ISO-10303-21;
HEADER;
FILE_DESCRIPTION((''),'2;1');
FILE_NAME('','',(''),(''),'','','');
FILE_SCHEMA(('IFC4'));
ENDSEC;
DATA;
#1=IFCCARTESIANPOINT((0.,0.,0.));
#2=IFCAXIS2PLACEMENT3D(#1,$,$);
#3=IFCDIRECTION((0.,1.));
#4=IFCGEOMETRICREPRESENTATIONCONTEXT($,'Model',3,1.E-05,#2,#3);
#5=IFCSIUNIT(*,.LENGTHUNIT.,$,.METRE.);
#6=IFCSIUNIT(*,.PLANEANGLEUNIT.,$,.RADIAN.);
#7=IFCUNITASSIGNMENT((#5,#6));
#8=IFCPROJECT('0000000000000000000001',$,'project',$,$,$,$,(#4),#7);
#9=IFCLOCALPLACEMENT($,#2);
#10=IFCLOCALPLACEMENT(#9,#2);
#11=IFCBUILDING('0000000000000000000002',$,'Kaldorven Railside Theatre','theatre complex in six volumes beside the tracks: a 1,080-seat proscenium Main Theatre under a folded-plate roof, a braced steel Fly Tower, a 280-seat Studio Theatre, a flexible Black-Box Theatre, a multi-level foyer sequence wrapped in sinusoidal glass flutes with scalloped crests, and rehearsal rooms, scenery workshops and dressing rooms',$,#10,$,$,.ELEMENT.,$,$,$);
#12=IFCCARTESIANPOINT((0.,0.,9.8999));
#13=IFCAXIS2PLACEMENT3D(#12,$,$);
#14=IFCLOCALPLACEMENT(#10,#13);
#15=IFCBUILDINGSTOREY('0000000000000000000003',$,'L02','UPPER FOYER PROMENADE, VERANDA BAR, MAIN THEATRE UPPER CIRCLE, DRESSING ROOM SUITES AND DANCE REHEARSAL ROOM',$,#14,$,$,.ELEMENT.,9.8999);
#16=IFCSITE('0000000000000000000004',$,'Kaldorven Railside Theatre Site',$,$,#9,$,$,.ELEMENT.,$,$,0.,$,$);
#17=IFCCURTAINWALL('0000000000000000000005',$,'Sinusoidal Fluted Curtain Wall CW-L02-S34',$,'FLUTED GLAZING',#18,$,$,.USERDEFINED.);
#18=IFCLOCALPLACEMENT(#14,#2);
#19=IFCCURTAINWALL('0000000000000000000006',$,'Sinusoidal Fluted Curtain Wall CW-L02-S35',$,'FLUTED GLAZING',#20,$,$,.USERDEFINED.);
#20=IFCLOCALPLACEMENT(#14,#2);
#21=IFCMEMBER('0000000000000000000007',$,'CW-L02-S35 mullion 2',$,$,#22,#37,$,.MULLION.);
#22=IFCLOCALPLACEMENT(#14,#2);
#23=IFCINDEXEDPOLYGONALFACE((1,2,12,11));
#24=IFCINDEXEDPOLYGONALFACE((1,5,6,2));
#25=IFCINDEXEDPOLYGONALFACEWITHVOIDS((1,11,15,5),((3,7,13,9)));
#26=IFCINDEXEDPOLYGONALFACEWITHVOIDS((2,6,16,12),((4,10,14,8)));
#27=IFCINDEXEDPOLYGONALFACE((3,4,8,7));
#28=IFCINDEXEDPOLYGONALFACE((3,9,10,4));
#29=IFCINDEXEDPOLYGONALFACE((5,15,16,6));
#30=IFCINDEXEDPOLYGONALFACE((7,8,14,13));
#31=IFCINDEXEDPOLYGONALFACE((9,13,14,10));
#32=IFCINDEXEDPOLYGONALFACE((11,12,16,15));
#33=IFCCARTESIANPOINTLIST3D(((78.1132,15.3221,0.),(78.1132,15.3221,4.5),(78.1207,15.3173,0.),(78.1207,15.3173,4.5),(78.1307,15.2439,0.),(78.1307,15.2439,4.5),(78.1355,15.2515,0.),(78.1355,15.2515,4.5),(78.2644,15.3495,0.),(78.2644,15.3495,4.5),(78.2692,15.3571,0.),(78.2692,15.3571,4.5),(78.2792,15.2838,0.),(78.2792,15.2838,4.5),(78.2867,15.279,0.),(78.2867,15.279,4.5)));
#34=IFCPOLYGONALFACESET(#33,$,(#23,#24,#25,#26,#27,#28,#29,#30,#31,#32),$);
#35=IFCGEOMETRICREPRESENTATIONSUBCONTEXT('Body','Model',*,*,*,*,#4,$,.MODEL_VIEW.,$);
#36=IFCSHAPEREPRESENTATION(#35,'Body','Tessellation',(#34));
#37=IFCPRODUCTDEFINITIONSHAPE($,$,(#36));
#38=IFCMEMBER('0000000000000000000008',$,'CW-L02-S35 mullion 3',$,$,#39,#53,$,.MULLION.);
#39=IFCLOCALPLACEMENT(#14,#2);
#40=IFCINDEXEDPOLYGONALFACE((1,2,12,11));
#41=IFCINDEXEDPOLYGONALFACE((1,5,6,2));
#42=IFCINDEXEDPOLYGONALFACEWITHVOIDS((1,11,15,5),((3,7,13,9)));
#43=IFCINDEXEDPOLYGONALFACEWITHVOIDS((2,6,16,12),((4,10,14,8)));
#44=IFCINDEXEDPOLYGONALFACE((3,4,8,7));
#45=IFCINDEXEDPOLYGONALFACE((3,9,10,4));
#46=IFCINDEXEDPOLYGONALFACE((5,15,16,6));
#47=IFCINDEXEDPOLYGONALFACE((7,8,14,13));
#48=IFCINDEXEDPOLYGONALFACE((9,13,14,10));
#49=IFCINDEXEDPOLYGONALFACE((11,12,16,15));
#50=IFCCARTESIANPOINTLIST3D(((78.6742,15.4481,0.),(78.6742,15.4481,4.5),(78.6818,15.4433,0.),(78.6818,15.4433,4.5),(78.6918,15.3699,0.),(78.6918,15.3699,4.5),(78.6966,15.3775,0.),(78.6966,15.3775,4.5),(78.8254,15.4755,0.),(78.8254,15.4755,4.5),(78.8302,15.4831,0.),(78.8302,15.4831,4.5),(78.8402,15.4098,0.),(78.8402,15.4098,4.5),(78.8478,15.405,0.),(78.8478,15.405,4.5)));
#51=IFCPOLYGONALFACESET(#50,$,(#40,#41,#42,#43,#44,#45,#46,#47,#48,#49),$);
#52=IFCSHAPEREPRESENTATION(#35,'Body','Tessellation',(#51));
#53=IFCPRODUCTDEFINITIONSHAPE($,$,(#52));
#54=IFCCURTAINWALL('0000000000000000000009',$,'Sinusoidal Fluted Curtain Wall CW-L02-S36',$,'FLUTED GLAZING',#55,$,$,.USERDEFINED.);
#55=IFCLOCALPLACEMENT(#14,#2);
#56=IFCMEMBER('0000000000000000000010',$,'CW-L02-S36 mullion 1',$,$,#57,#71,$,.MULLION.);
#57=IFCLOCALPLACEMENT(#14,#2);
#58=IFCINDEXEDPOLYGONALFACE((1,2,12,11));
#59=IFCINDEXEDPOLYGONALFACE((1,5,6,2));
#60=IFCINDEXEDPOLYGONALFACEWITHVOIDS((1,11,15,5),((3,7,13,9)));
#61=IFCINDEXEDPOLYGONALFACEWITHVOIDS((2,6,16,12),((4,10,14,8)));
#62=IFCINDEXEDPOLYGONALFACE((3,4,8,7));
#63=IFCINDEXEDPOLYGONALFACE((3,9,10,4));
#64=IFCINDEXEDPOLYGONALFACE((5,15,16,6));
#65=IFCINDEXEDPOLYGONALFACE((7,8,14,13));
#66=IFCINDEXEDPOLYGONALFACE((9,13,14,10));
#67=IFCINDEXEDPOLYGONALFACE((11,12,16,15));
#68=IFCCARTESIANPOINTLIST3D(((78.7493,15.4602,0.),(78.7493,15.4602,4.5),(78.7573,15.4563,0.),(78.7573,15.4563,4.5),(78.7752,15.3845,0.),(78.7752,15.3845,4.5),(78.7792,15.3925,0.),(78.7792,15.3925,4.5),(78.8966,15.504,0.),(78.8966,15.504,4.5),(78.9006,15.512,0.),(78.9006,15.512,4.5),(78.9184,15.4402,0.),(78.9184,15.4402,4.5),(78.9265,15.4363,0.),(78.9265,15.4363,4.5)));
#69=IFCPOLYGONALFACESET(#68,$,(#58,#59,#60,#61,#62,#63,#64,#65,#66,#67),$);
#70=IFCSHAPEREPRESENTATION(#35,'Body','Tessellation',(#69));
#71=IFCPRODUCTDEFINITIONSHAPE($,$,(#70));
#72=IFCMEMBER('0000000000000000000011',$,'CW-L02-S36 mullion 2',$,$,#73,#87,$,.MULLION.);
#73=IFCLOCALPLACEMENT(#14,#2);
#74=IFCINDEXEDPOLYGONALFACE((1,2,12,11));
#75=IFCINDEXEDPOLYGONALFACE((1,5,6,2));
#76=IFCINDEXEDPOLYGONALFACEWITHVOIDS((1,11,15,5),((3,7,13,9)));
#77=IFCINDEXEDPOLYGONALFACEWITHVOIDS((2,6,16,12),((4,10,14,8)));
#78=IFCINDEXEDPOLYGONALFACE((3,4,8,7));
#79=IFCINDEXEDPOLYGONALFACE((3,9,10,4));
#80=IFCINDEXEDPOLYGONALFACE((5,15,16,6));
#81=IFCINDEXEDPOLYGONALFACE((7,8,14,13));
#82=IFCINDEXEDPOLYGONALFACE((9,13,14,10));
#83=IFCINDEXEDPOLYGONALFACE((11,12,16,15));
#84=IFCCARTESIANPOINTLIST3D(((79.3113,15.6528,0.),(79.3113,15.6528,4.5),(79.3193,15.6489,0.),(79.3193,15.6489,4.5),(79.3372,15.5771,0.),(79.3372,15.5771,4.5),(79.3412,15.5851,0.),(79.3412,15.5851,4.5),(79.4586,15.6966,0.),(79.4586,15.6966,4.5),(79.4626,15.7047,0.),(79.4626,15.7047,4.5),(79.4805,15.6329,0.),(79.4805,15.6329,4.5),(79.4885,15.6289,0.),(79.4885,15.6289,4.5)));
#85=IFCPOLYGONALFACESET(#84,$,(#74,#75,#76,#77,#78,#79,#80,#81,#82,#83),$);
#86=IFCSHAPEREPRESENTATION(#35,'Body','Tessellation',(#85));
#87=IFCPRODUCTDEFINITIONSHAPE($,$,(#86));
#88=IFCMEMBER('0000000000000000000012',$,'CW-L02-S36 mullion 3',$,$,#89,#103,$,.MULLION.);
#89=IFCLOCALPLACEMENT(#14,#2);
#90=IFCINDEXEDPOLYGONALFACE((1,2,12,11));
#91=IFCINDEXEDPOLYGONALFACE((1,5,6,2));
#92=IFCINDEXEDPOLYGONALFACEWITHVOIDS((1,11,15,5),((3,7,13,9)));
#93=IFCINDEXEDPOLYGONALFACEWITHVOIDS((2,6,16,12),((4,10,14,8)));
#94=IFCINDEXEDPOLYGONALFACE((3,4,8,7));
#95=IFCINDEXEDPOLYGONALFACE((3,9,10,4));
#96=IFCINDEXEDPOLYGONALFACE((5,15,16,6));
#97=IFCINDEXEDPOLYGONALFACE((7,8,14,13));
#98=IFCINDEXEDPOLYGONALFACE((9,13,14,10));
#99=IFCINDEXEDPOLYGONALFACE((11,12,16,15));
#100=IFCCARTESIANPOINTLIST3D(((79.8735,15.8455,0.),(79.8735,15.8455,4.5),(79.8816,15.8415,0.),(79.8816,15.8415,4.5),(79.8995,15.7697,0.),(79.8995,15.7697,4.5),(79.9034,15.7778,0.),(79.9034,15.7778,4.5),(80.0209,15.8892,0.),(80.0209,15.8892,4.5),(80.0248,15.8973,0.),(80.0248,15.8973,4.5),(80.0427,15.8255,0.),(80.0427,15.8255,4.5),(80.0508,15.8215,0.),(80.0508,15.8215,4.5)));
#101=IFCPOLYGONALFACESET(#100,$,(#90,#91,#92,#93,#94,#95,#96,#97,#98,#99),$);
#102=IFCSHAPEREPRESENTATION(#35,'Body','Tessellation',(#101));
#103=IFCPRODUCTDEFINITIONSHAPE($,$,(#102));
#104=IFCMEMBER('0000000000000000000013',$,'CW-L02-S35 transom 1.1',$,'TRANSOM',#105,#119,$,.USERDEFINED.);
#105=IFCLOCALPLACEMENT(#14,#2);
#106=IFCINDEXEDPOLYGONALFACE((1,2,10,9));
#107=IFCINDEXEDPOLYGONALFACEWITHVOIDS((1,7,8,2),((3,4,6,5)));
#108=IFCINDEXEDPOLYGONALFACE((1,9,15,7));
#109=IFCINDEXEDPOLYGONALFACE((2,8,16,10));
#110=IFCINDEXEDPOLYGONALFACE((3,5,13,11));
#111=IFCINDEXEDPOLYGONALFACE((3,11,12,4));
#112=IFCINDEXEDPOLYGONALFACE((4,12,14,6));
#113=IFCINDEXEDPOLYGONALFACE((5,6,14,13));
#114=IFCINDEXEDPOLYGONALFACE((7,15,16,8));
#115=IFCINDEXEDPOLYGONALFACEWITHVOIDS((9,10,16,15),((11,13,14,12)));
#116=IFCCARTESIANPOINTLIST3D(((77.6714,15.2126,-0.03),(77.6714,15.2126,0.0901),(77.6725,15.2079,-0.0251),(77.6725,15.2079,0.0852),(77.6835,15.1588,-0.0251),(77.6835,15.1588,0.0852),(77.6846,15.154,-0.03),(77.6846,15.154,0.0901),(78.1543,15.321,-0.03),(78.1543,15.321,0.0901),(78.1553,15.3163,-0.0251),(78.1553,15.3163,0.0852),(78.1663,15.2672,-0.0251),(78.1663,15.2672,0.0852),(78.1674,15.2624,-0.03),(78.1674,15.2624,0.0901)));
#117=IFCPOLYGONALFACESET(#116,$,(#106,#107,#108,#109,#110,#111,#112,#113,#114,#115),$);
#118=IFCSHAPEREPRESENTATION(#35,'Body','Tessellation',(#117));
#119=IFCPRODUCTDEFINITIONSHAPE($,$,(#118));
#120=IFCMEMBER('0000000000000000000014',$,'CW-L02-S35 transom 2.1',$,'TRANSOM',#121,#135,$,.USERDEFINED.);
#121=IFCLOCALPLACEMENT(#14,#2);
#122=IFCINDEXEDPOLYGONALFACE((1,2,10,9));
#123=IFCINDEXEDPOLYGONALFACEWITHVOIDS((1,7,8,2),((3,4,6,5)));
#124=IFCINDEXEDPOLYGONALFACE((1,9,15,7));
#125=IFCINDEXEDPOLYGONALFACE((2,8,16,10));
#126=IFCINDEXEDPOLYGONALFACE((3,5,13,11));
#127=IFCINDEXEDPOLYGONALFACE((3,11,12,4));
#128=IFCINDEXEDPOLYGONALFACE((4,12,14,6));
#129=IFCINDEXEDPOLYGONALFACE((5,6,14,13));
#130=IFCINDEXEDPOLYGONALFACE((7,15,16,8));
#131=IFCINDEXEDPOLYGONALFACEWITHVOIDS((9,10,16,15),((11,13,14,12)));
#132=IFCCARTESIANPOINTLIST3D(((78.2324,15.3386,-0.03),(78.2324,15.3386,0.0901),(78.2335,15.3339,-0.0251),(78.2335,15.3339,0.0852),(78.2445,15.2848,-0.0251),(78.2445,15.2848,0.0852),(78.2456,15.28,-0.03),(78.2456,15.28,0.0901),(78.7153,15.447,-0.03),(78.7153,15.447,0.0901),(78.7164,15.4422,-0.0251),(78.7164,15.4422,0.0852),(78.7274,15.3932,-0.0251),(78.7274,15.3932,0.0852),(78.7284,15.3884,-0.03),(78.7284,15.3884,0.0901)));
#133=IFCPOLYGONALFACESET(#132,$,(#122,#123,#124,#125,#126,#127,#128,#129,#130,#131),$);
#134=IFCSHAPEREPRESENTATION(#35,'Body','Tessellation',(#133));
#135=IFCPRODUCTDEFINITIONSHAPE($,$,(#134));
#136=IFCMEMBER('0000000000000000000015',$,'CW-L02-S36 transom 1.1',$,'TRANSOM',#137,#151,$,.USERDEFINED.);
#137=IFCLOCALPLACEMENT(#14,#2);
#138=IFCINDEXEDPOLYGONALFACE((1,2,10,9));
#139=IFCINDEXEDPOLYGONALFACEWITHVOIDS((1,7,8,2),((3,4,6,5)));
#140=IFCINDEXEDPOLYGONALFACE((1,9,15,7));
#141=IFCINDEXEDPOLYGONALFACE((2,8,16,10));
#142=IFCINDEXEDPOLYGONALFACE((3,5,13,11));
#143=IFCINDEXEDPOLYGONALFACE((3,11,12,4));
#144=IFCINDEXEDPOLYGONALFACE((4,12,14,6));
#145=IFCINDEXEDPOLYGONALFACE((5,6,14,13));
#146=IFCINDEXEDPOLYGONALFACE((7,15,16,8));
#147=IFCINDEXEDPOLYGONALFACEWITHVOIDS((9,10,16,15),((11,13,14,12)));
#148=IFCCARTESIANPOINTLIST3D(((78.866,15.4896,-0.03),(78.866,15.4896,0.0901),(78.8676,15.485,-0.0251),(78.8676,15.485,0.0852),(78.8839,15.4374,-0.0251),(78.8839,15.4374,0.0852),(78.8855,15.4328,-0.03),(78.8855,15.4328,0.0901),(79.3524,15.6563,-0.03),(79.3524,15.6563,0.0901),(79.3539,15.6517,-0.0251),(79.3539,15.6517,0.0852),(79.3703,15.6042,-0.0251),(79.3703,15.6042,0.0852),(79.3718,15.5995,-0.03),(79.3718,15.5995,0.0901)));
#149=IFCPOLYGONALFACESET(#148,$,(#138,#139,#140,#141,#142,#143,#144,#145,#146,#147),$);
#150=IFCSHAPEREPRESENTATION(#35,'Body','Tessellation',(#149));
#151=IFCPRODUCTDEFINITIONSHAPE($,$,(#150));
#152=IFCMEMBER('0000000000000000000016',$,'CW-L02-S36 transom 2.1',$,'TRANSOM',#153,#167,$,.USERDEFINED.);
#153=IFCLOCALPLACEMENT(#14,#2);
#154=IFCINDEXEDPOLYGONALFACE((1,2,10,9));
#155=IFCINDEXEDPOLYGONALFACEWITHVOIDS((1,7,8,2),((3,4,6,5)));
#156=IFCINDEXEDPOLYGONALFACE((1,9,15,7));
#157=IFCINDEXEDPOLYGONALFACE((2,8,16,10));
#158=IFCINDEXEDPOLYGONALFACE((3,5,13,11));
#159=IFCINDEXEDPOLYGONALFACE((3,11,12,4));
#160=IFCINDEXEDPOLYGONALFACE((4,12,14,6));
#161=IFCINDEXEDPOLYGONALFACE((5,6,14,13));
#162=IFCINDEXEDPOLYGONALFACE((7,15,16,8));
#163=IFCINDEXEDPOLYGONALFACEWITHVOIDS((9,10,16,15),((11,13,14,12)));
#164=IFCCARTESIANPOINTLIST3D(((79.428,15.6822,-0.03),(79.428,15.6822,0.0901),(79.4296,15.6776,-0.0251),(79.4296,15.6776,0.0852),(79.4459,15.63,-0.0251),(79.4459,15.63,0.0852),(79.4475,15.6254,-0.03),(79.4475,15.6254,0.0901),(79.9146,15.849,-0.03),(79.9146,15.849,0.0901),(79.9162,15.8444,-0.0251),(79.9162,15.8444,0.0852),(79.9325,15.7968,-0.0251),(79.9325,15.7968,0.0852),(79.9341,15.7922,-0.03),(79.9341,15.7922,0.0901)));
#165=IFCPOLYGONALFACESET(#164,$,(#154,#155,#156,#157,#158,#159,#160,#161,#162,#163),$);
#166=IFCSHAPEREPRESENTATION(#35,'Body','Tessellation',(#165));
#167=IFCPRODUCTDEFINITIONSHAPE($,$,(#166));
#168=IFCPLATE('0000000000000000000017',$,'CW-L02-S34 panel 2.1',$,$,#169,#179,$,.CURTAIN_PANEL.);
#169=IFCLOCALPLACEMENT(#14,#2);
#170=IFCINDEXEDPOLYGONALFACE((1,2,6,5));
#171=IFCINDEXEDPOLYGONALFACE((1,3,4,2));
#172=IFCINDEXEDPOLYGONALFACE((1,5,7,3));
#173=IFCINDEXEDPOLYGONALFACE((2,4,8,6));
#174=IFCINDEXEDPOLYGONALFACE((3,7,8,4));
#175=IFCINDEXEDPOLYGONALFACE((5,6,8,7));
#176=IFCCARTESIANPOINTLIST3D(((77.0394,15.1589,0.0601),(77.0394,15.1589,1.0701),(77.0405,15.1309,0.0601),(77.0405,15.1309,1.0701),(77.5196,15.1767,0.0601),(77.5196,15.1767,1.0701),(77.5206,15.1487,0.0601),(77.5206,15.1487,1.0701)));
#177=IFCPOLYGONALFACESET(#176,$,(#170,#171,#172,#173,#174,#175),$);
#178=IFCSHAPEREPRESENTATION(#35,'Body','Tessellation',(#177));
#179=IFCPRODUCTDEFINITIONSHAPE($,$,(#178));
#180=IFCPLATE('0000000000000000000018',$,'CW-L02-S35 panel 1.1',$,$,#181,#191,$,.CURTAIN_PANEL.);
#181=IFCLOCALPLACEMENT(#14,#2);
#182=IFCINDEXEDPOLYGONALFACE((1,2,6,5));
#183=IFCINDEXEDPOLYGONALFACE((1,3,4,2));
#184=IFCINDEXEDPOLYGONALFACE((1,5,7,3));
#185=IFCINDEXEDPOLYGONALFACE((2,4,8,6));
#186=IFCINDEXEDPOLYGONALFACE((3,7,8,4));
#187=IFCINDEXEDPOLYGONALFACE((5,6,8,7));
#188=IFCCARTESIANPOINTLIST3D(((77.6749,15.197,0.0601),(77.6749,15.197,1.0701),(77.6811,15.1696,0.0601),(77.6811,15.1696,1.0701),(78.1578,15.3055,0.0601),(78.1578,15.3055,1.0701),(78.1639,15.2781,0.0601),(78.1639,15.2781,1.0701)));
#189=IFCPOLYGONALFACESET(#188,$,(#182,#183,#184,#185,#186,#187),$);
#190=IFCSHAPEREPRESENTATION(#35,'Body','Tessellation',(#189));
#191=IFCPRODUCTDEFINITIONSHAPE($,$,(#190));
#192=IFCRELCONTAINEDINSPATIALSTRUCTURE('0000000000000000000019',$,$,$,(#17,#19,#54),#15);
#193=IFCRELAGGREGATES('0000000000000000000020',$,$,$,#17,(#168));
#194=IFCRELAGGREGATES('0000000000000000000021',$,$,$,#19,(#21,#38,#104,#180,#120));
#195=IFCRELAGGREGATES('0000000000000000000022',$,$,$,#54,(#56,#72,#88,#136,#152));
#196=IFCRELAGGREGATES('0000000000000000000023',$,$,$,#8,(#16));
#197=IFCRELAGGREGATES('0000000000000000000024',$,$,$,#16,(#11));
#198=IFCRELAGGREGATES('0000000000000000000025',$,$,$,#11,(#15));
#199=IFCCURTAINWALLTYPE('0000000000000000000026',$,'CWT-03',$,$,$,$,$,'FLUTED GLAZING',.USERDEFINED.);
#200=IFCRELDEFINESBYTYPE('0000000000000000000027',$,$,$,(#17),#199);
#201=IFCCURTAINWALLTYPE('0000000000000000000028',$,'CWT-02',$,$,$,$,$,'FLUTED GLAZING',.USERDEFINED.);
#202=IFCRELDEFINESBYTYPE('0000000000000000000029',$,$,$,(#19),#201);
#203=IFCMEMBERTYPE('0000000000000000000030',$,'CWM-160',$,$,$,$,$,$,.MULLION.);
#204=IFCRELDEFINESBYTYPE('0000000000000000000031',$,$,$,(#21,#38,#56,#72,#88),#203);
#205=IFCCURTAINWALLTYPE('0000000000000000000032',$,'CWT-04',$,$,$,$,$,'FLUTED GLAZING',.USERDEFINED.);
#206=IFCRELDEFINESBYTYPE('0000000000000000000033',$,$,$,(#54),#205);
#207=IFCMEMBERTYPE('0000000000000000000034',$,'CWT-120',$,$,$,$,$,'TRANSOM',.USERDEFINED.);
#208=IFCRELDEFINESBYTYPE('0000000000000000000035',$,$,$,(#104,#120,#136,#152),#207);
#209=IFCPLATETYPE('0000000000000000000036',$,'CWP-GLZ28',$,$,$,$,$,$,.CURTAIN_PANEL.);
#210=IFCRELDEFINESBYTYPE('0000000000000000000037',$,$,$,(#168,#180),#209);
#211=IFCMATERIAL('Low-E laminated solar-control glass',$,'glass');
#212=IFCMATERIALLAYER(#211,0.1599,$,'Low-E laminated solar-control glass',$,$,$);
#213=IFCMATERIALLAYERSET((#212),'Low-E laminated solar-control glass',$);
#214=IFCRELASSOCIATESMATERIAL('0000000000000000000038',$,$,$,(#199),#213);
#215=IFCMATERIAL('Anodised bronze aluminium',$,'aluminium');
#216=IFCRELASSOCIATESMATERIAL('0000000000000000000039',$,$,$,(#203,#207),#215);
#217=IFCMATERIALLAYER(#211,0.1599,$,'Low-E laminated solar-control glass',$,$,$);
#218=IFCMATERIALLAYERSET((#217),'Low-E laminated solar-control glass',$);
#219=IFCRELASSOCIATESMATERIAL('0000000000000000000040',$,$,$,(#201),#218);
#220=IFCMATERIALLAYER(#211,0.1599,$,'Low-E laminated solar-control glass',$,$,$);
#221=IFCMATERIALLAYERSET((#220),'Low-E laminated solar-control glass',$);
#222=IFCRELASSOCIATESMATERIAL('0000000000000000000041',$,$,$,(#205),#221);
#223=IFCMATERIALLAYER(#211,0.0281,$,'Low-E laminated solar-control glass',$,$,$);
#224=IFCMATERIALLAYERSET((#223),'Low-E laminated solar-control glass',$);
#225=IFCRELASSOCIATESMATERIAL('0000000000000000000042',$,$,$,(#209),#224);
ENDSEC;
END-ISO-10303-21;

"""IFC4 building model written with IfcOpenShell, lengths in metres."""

from ifc_helpers import new_model, si_unit, direction, frame, origin, origin_2d, place, context, subcontext, project, spatial, rectangle, hollow_rectangle, extrude, material, layer, layer_set, material_profile, profile_set, type_object, element, aggregate, save


model = new_model("IFC4")

# Units and contexts
model_context = context("Model", 3, precision=1e-05, world=origin(), true_north=direction((0.0, 1.0)))
body_context = subcontext(model_context, "Body", "Model", "MODEL_VIEW")
ifc_project = project(units=[si_unit("LENGTHUNIT", "METRE"), si_unit("PLANEANGLEUNIT", "RADIAN")], contexts=[model_context])

# Site, building, storey
site_placement = place(None, origin())
site = spatial("IfcSite", under=ifc_project, at=site_placement, Name="Kaldorven Railside Theatre Site", CompositionType="ELEMENT", RefElevation=0.0)
building_placement = place(site_placement, origin())
building = spatial("IfcBuilding", under=site, at=building_placement, Name="Kaldorven Railside Theatre", Description="theatre complex in six volumes beside the tracks: a 1,080-seat proscenium Main Theatre under a folded-plate roof, a braced steel Fly Tower, a 280-seat Studio Theatre, a flexible Black-Box Theatre, a multi-level foyer sequence wrapped in sinusoidal glass flutes with scalloped crests, and rehearsal rooms, scenery workshops and dressing rooms", CompositionType="ELEMENT")
storey_placement = place(building_placement, frame((0.0, 0.0, 9.8999)))
storey = spatial("IfcBuildingStorey", under=building, at=storey_placement, Name="L02", Description="UPPER FOYER PROMENADE, VERANDA BAR, MAIN THEATRE UPPER CIRCLE, DRESSING ROOM SUITES AND DANCE REHEARSAL ROOM", CompositionType="ELEMENT", Elevation=9.8999)

# Curtain wall
ifc_material_1 = material(Name="Low-E laminated solar-control glass", Category="glass")
ifc_layer_1 = layer(ifc_material_1, 0.1599, Name="Low-E laminated solar-control glass")
ifc_layer_set_1 = layer_set([ifc_layer_1], Name="Low-E laminated solar-control glass")
curtain_wall_type_1 = type_object("IfcCurtainWallType", Name="CWT-03", ElementType="FLUTED GLAZING", PredefinedType="USERDEFINED", material=ifc_layer_set_1)
curtain_wall_1_placement = place(storey_placement, origin())
curtain_wall_1 = element("IfcCurtainWall", 1, at=curtain_wall_1_placement, inside=storey, type_object=curtain_wall_type_1, Name="Sinusoidal Fluted Curtain Wall CW-L02-S34", ObjectType="FLUTED GLAZING", PredefinedType="USERDEFINED")
ifc_material_2 = material(Name="Anodised bronze aluminium", Category="aluminium")
ifc_material_profile_1 = material_profile(ifc_material_2, hollow_rectangle(XDim=0.0801, YDim=0.1599, WallThickness=0.0063, at=origin_2d()), Name="RHS 160x80x6.3")
ifc_profile_set_1 = profile_set([ifc_material_profile_1], Name="Anodised bronze aluminium")
member_type_1 = type_object("IfcMemberType", Name="CWM-160", PredefinedType="MULLION", material=ifc_profile_set_1)

# Curtain walls, members
ifc_layer_2 = layer(ifc_material_1, 0.1599, Name="Low-E laminated solar-control glass")
ifc_layer_set_2 = layer_set([ifc_layer_2], Name="Low-E laminated solar-control glass")
curtain_wall_type_2 = type_object("IfcCurtainWallType", Name="CWT-02", ElementType="FLUTED GLAZING", PredefinedType="USERDEFINED", material=ifc_layer_set_2)
curtain_wall_2_placement = place(storey_placement, origin())
curtain_wall_2 = element("IfcCurtainWall", 2, at=curtain_wall_2_placement, inside=storey, type_object=curtain_wall_type_2, Name="Sinusoidal Fluted Curtain Wall CW-L02-S35", ObjectType="FLUTED GLAZING", PredefinedType="USERDEFINED")
member_1_placement = place(storey_placement, frame((78.2, 15.3005, 0.0), z_axis=(0.0, 0.0, 1.0), x_axis=(-0.219203, 0.975679, 0.0)))
member_1 = element("IfcMember", 3, at=member_1_placement, type_object=member_type_1, Name="CW-L02-S35 mullion 2", PredefinedType="MULLION", context=body_context, shape_type="SweptSolid", body=[
    extrude(hollow_rectangle(XDim=0.0801, YDim=0.1599, WallThickness=0.0063, at=origin_2d()), origin(), (0.0, 0.0, 1.0), 4.5),
])
member_2_placement = place(storey_placement, frame((78.761, 15.4265, 0.0), z_axis=(0.0, 0.0, 1.0), x_axis=(-0.219203, 0.975679, 0.0)))
member_2 = element("IfcMember", 4, at=member_2_placement, type_object=member_type_1, Name="CW-L02-S35 mullion 3", PredefinedType="MULLION", context=body_context, shape_type="SweptSolid", body=[
    extrude(hollow_rectangle(XDim=0.0801, YDim=0.1599, WallThickness=0.0063, at=origin_2d()), origin(), (0.0, 0.0, 1.0), 4.5),
])
ifc_layer_3 = layer(ifc_material_1, 0.1599, Name="Low-E laminated solar-control glass")
ifc_layer_set_3 = layer_set([ifc_layer_3], Name="Low-E laminated solar-control glass")
curtain_wall_type_3 = type_object("IfcCurtainWallType", Name="CWT-04", ElementType="FLUTED GLAZING", PredefinedType="USERDEFINED", material=ifc_layer_set_3)
curtain_wall_3_placement = place(storey_placement, origin())
curtain_wall_3 = element("IfcCurtainWall", 5, at=curtain_wall_3_placement, inside=storey, type_object=curtain_wall_type_3, Name="Sinusoidal Fluted Curtain Wall CW-L02-S36", ObjectType="FLUTED GLAZING", PredefinedType="USERDEFINED")
member_3_placement = place(storey_placement, frame((78.8379, 15.4482, 0.0), z_axis=(0.0, 0.0, 1.0), x_axis=(-0.324093, 0.946025, 0.0)))
member_3 = element("IfcMember", 6, at=member_3_placement, type_object=member_type_1, Name="CW-L02-S36 mullion 1", PredefinedType="MULLION", context=body_context, shape_type="SweptSolid", body=[
    extrude(hollow_rectangle(XDim=0.0801, YDim=0.1599, WallThickness=0.0063, at=origin_2d()), origin(), (0.0, 0.0, 1.0), 4.5),
])
member_4_placement = place(storey_placement, frame((79.3999, 15.6409, 0.0), z_axis=(0.0, 0.0, 1.0), x_axis=(-0.324093, 0.946025, 0.0)))
member_4 = element("IfcMember", 7, at=member_4_placement, type_object=member_type_1, Name="CW-L02-S36 mullion 2", PredefinedType="MULLION", context=body_context, shape_type="SweptSolid", body=[
    extrude(hollow_rectangle(XDim=0.0801, YDim=0.1599, WallThickness=0.0063, at=origin_2d()), origin(), (0.0, 0.0, 1.0), 4.5),
])
member_5_placement = place(storey_placement, frame((79.9622, 15.8335, 0.0), z_axis=(0.0, 0.0, 1.0), x_axis=(-0.324093, 0.946025, 0.0)))
member_5 = element("IfcMember", 8, at=member_5_placement, type_object=member_type_1, Name="CW-L02-S36 mullion 3", PredefinedType="MULLION", context=body_context, shape_type="SweptSolid", body=[
    extrude(hollow_rectangle(XDim=0.0801, YDim=0.1599, WallThickness=0.0063, at=origin_2d()), origin(), (0.0, 0.0, 1.0), 4.5),
])

# Members
ifc_material_profile_2 = material_profile(ifc_material_2, hollow_rectangle(XDim=0.0601, YDim=0.1201, WallThickness=0.0049, at=origin_2d()), Name="RHS 120x60x5")
ifc_profile_set_2 = profile_set([ifc_material_profile_2], Name="Anodised bronze aluminium")
member_type_2 = type_object("IfcMemberType", Name="CWT-120", ElementType="TRANSOM", PredefinedType="USERDEFINED", material=ifc_profile_set_2)
member_6_placement = place(storey_placement, frame((77.678, 15.1833, 0.03), z_axis=(0.975721, 0.219019, 0.0), x_axis=(-0.219019, 0.975721, 0.0)))
member_6 = element("IfcMember", 9, at=member_6_placement, type_object=member_type_2, Name="CW-L02-S35 transom 1.1", ObjectType="TRANSOM", PredefinedType="USERDEFINED", context=body_context, shape_type="SweptSolid", body=[
    extrude(hollow_rectangle(XDim=0.0601, YDim=0.1201, WallThickness=0.0049, at=origin_2d()), origin(), (0.0, 0.0, 1.0), 0.4949),
])
member_7_placement = place(storey_placement, frame((78.239, 15.3093, 0.03), z_axis=(0.975721, 0.219019, 0.0), x_axis=(-0.219019, 0.975721, 0.0)))
member_7 = element("IfcMember", 10, at=member_7_placement, type_object=member_type_2, Name="CW-L02-S35 transom 2.1", ObjectType="TRANSOM", PredefinedType="USERDEFINED", context=body_context, shape_type="SweptSolid", body=[
    extrude(hollow_rectangle(XDim=0.0601, YDim=0.1201, WallThickness=0.0049, at=origin_2d()), origin(), (0.0, 0.0, 1.0), 0.4949),
])
member_8_placement = place(storey_placement, frame((78.8757, 15.4612, 0.03), z_axis=(0.945942, 0.324336, 0.0), x_axis=(-0.324336, 0.945942, 0.0)))
member_8 = element("IfcMember", 11, at=member_8_placement, type_object=member_type_2, Name="CW-L02-S36 transom 1.1", ObjectType="TRANSOM", PredefinedType="USERDEFINED", context=body_context, shape_type="SweptSolid", body=[
    extrude(hollow_rectangle(XDim=0.0601, YDim=0.1201, WallThickness=0.0049, at=origin_2d()), origin(), (0.0, 0.0, 1.0), 0.5142),
])
member_9_placement = place(storey_placement, frame((79.4377, 15.6538, 0.03), z_axis=(0.945992, 0.324191, 0.0), x_axis=(-0.324191, 0.945992, 0.0)))
member_9 = element("IfcMember", 12, at=member_9_placement, type_object=member_type_2, Name="CW-L02-S36 transom 2.1", ObjectType="TRANSOM", PredefinedType="USERDEFINED", context=body_context, shape_type="SweptSolid", body=[
    extrude(hollow_rectangle(XDim=0.0601, YDim=0.1201, WallThickness=0.0049, at=origin_2d()), origin(), (0.0, 0.0, 1.0), 0.5144),
])

# Plates
ifc_layer_4 = layer(ifc_material_1, 0.0281, Name="Low-E laminated solar-control glass")
ifc_layer_set_4 = layer_set([ifc_layer_4], Name="Low-E laminated solar-control glass")
plate_type = type_object("IfcPlateType", Name="CWP-GLZ28", PredefinedType="CURTAIN_PANEL", material=ifc_layer_set_4)
plate_1_placement = place(storey_placement, frame((77.28, 15.1538, 0.0601), z_axis=(0.0, 0.0, 1.0), x_axis=(0.999313, 0.037058, 0.0)))
plate_1 = element("IfcPlate", 13, at=plate_1_placement, type_object=plate_type, Name="CW-L02-S34 panel 2.1", PredefinedType="CURTAIN_PANEL", context=body_context, shape_type="SweptSolid", body=[
    extrude(rectangle(XDim=0.4805, YDim=0.0281, at=origin_2d()), origin(), (0.0, 0.0, 1.0), 1.01),
])
aggregate(curtain_wall_1, [plate_1])
plate_2_placement = place(storey_placement, frame((77.9194, 15.2375, 0.0601), z_axis=(0.0, 0.0, 1.0), x_axis=(0.975679, 0.219203, 0.0)))
plate_2 = element("IfcPlate", 14, at=plate_2_placement, type_object=plate_type, Name="CW-L02-S35 panel 1.1", PredefinedType="CURTAIN_PANEL", context=body_context, shape_type="SweptSolid", body=[
    extrude(rectangle(XDim=0.4949, YDim=0.0281, at=origin_2d()), origin(), (0.0, 0.0, 1.0), 1.01),
])
aggregate(curtain_wall_2, [member_1, member_2, member_6, plate_2, member_7])
aggregate(curtain_wall_3, [member_3, member_4, member_5, member_8, member_9])

save(model, "model.ifc")
